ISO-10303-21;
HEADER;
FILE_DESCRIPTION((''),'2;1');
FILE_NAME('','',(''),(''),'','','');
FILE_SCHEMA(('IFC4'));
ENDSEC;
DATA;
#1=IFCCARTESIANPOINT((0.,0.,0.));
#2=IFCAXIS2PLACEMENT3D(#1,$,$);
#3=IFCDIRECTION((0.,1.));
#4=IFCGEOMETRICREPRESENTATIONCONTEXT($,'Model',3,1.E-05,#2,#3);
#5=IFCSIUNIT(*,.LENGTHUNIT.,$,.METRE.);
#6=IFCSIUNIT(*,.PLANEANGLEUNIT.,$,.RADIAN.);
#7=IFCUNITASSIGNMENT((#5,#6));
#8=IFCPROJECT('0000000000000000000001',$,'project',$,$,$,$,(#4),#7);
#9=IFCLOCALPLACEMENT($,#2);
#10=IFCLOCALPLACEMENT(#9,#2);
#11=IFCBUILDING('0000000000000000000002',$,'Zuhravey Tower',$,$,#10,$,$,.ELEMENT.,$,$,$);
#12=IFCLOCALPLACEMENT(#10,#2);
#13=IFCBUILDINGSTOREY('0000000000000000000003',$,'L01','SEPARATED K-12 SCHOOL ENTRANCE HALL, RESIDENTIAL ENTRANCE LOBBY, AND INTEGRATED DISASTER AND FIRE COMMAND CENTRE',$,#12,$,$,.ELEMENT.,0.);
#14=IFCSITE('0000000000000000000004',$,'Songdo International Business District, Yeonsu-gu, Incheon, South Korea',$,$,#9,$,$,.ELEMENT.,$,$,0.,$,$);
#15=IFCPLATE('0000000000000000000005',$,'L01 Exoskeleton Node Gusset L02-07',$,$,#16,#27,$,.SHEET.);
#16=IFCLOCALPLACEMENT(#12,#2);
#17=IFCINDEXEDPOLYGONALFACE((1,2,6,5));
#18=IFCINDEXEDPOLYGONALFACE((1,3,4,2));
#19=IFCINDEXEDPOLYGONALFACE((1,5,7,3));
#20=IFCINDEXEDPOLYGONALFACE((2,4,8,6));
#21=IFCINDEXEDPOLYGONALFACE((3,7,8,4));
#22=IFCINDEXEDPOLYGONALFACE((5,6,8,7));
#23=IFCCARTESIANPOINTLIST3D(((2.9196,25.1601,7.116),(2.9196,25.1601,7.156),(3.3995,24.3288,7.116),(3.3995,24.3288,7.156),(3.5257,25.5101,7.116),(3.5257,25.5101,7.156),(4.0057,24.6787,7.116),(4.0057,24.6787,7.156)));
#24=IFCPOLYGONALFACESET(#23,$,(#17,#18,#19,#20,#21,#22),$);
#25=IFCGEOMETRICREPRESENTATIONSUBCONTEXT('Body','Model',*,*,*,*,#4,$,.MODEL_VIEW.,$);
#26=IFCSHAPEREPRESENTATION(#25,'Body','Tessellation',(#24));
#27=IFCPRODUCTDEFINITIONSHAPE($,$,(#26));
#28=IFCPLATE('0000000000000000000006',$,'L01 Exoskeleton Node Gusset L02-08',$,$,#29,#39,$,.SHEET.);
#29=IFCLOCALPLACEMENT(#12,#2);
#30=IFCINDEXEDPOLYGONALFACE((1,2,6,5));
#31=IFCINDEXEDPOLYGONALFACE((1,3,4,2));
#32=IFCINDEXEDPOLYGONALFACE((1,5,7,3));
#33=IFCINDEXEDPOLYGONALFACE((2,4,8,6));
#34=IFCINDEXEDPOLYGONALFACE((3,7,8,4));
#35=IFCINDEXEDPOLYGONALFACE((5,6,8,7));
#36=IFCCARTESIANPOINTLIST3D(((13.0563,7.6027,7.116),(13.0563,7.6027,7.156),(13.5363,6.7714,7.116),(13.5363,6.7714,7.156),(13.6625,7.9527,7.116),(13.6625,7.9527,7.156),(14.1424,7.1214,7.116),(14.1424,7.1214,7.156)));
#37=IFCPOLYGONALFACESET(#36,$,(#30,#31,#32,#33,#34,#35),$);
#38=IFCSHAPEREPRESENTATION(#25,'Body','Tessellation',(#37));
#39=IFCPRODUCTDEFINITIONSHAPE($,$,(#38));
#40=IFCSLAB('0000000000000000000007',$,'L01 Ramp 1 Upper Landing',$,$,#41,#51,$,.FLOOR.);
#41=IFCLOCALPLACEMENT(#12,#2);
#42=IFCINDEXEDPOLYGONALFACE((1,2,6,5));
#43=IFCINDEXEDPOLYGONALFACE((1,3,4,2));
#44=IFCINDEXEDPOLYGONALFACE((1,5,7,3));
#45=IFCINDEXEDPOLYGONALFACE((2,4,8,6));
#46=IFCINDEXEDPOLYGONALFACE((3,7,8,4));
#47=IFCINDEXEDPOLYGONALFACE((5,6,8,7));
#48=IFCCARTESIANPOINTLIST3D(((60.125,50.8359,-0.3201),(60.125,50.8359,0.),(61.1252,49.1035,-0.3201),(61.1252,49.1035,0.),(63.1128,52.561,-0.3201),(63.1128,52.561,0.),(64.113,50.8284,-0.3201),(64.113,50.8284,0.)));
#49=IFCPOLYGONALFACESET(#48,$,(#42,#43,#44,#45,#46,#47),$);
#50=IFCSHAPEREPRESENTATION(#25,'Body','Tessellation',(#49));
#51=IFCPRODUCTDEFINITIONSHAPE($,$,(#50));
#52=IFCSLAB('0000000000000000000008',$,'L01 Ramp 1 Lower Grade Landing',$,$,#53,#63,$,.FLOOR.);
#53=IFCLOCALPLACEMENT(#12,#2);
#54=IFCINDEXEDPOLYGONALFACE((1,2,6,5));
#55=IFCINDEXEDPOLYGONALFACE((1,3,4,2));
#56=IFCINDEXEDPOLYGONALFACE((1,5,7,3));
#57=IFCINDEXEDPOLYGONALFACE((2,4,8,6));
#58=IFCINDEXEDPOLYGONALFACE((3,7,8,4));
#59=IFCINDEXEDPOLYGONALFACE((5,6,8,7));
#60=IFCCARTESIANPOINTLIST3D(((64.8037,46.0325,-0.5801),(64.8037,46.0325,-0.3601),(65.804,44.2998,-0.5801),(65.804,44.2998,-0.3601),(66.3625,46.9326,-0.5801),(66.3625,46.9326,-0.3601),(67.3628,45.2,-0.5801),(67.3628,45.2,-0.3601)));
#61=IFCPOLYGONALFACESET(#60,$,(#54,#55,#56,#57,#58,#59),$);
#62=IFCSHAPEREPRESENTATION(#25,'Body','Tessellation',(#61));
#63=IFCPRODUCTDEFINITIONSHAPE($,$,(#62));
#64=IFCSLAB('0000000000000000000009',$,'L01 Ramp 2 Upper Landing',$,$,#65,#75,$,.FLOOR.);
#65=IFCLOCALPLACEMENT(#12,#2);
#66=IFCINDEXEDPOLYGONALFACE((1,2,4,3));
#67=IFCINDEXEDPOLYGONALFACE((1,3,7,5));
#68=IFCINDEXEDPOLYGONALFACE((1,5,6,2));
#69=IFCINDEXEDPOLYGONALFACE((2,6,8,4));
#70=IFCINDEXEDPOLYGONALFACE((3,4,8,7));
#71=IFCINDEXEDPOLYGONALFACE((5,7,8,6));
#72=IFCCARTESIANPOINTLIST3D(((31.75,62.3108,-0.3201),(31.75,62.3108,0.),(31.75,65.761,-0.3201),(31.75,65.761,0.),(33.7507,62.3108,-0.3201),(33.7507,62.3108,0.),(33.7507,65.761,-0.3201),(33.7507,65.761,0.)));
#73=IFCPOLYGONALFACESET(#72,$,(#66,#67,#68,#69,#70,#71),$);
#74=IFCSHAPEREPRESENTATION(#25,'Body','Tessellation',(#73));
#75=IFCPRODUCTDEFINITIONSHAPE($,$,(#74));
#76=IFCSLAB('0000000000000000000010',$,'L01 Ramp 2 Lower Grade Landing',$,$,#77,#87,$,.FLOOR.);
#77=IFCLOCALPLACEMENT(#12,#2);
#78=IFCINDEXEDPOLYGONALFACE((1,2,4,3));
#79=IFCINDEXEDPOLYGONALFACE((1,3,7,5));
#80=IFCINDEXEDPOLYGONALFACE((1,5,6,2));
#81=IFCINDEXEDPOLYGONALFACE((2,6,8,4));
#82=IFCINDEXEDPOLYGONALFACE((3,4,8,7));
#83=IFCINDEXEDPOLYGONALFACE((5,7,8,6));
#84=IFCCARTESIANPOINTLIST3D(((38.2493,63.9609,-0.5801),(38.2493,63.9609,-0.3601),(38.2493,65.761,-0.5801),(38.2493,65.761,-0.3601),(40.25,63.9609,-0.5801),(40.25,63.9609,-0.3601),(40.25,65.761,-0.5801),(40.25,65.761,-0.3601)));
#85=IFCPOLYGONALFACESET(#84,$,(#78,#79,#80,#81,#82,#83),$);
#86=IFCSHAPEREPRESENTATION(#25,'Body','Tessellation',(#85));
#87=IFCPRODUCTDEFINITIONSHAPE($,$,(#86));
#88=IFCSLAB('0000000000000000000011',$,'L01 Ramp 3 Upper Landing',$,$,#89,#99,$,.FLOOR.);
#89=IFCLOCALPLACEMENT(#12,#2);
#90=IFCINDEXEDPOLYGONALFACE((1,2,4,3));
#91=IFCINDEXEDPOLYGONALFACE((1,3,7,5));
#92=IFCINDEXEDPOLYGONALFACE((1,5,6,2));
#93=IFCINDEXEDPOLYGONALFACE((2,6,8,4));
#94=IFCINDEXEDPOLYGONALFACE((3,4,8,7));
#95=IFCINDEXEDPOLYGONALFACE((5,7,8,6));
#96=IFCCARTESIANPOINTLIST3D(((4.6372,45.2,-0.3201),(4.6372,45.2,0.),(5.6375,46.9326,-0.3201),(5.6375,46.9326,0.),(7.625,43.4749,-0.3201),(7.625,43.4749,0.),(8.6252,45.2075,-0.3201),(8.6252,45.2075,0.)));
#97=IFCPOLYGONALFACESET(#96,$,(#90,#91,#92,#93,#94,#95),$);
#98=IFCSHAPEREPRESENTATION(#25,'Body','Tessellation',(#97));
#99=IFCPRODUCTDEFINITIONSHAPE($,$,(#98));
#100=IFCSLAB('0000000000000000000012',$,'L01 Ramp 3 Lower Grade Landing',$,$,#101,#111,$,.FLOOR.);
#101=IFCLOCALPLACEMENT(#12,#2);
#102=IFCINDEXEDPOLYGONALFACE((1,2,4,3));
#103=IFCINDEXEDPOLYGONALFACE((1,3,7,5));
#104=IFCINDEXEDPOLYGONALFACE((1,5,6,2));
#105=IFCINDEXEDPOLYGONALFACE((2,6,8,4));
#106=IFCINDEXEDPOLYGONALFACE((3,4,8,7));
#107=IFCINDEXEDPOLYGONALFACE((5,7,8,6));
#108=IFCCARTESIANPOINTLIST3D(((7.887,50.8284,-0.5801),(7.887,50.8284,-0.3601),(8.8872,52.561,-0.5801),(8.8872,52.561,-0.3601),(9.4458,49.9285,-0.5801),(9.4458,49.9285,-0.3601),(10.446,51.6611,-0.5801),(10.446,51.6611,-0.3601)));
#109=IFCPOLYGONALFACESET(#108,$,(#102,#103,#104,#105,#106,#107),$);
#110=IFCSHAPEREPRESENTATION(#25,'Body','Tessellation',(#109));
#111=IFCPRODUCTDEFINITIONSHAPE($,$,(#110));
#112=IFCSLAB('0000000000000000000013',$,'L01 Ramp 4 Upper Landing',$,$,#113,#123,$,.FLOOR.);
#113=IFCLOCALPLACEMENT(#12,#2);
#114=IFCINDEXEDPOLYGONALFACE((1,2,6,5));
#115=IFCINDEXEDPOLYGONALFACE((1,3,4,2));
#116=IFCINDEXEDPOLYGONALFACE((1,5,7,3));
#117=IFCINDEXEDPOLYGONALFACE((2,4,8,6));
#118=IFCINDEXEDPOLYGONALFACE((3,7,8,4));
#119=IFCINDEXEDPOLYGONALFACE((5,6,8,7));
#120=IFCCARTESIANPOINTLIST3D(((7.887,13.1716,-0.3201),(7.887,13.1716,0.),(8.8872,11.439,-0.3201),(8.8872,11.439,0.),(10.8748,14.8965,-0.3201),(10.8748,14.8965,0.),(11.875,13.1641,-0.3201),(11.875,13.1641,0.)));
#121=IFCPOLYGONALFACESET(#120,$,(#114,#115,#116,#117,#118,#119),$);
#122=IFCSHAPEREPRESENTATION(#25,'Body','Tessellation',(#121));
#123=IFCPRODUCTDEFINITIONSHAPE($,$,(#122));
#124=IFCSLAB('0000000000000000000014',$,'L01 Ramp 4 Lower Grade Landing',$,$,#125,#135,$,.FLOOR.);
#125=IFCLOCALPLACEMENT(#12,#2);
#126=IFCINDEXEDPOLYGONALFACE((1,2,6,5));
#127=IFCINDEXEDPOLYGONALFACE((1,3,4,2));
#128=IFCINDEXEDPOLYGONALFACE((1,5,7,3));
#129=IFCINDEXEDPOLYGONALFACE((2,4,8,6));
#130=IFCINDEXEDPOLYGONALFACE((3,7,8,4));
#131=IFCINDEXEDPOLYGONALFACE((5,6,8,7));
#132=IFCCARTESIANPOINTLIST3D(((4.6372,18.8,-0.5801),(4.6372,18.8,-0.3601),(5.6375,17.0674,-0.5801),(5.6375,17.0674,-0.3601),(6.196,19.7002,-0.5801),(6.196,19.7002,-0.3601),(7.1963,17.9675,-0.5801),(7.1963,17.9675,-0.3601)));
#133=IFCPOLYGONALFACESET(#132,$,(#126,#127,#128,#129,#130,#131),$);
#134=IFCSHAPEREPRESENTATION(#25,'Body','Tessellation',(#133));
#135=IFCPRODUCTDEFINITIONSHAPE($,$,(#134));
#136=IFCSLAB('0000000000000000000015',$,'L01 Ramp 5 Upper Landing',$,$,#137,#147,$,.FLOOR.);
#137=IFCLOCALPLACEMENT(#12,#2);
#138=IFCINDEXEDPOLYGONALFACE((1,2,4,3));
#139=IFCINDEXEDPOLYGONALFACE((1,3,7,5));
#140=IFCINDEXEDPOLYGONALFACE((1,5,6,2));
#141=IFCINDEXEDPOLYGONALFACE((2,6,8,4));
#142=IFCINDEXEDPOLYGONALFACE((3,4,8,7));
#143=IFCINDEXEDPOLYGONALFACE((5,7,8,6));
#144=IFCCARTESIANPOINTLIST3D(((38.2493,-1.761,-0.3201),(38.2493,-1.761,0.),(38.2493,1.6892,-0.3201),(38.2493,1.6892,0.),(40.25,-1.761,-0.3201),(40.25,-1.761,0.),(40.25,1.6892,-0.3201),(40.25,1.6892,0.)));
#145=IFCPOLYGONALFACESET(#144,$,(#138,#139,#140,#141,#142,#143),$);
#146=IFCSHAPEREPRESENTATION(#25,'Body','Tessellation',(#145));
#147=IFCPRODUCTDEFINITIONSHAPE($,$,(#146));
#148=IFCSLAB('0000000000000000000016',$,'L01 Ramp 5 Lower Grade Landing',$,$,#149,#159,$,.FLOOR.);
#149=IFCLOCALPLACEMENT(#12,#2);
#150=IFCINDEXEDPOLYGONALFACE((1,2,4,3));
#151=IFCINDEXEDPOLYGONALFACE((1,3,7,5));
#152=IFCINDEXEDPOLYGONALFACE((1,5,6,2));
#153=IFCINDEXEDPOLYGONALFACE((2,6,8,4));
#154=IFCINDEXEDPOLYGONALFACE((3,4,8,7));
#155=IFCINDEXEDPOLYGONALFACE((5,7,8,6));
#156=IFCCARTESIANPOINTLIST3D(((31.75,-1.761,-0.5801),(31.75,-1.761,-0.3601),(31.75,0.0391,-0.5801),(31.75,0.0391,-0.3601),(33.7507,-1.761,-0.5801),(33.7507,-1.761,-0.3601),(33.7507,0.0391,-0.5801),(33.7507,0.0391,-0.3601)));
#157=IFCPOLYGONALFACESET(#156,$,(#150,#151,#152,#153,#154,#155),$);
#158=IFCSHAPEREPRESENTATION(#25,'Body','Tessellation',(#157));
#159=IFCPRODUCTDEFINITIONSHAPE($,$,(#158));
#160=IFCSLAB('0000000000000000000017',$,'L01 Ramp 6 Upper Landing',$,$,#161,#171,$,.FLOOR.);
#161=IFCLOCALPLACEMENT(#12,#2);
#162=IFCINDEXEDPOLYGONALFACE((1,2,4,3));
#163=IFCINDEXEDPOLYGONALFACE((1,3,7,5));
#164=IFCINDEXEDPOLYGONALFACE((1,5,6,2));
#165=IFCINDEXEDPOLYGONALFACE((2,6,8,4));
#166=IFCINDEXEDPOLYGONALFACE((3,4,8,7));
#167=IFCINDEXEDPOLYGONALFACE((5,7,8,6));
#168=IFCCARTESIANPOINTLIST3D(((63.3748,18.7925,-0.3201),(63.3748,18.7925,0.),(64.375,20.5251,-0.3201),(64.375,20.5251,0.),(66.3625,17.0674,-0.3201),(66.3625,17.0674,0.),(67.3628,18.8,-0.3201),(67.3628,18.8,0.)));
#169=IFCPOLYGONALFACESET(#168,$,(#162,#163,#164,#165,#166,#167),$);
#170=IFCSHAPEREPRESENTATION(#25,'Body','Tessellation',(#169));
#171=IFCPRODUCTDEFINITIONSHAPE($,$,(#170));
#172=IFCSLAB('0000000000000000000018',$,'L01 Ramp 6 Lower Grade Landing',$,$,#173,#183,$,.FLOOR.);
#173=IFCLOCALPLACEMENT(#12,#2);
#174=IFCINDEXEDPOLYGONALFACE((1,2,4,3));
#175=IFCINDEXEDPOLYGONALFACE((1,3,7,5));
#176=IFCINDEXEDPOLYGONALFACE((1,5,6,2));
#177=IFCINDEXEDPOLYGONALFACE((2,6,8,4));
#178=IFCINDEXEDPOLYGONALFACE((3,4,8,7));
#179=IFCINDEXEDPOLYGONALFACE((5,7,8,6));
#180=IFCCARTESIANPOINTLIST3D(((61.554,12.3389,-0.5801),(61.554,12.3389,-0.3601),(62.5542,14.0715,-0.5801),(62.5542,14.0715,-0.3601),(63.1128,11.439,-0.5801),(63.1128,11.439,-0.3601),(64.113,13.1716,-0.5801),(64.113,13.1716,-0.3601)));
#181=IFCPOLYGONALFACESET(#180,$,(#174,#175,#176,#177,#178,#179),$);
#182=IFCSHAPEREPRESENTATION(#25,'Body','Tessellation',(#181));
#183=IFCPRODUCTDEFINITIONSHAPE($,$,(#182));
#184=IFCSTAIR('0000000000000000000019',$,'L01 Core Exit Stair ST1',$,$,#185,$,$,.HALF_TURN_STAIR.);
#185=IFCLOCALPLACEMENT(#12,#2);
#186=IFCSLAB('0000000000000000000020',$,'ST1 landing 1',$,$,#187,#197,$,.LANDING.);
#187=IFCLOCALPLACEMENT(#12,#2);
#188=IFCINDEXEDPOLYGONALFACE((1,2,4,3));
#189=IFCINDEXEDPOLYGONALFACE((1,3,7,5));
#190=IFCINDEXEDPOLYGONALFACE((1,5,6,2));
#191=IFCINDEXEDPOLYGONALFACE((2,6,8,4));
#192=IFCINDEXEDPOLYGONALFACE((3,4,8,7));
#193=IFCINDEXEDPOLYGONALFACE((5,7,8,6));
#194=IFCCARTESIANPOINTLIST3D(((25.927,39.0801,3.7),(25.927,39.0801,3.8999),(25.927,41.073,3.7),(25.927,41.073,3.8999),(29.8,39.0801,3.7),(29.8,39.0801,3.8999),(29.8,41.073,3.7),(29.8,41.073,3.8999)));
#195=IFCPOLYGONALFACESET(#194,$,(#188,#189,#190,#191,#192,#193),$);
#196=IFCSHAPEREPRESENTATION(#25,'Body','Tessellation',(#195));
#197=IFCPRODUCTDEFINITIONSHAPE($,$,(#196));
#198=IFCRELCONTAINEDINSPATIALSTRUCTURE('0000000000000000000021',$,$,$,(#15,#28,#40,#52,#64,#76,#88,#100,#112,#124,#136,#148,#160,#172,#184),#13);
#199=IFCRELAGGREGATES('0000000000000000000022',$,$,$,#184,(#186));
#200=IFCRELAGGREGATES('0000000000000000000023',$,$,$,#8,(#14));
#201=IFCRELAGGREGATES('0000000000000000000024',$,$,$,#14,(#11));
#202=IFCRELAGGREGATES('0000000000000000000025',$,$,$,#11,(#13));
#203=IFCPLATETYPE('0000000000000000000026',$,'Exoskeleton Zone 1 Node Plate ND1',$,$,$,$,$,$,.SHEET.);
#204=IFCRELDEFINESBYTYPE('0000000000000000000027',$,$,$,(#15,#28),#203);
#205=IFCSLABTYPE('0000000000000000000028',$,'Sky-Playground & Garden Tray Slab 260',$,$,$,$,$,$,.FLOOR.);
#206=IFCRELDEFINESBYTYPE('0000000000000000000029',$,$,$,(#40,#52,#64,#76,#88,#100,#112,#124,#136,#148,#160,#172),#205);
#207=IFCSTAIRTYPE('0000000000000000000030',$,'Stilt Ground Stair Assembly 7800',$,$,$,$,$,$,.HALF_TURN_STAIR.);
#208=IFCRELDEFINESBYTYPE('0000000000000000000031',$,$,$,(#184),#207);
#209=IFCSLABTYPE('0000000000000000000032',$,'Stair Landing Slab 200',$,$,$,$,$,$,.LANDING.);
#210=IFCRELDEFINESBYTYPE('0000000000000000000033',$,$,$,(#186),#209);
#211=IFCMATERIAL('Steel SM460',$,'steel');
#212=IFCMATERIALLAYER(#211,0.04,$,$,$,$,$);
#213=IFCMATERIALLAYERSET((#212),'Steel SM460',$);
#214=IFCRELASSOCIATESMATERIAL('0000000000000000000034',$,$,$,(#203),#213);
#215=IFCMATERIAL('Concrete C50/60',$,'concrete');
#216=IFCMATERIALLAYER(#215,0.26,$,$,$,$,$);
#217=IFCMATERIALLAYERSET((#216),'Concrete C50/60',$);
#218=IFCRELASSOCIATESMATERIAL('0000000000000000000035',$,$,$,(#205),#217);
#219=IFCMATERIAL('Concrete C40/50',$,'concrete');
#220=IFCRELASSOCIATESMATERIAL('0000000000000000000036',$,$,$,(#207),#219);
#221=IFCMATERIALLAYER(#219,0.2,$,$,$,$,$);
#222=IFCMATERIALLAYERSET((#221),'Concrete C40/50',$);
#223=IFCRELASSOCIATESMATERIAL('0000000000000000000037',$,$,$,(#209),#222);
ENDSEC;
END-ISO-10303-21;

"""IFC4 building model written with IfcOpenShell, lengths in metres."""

from ifc_helpers import new_model, si_unit, direction, frame, origin, origin_2d, place, context, subcontext, project, spatial, polyline, rectangle, outline, extrude, material, layer, layer_set, type_object, element, aggregate, save


model = new_model("IFC4")

# Units and contexts
model_context = context("Model", 3, precision=1e-05, world=origin(), true_north=direction((0.0, 1.0)))
body_context = subcontext(model_context, "Body", "Model", "MODEL_VIEW")
ifc_project = project(units=[si_unit("LENGTHUNIT", "METRE"), si_unit("PLANEANGLEUNIT", "RADIAN")], contexts=[model_context])

# Site, building, storey
site_placement = place(None, origin())
site = spatial("IfcSite", under=ifc_project, at=site_placement, Name="Songdo International Business District, Yeonsu-gu, Incheon, South Korea", CompositionType="ELEMENT", RefElevation=0.0)
building_placement = place(site_placement, origin())
building = spatial("IfcBuilding", under=site, at=building_placement, Name="Zuhravey Tower", CompositionType="ELEMENT")
storey_placement = place(building_placement, origin())
storey = spatial("IfcBuildingStorey", under=building, at=storey_placement, Name="L01", Description="SEPARATED K-12 SCHOOL ENTRANCE HALL, RESIDENTIAL ENTRANCE LOBBY, AND INTEGRATED DISASTER AND FIRE COMMAND CENTRE", CompositionType="ELEMENT", Elevation=0.0)

# Shared definitions
ifc_material_1 = material(Name="Steel SM460", Category="steel")

# Shared definitions
ifc_material_2 = material(Name="Concrete C50/60", Category="concrete")

# Plates
ifc_layer_1 = layer(ifc_material_1, 0.04)
ifc_layer_set_1 = layer_set([ifc_layer_1], Name="Steel SM460")
plate_type_1 = type_object("IfcPlateType", Name="Exoskeleton Zone 1 Node Plate ND1", PredefinedType="SHEET", material=ifc_layer_set_1)
for number, where, z_axis, x_axis, name in (
    (1, (3.4626, 24.9194, 7.116), (0.0, 0.0, 1.0), (0.5, -0.866025, 0.0), "L01 Exoskeleton Node Gusset L02-07"),
    (2, (13.5994, 7.3621, 7.116), (0.0, 0.0, 1.0), (0.5, -0.866025, 0.0), "L01 Exoskeleton Node Gusset L02-08"),
):
    element("IfcPlate", number, at=place(storey_placement, frame(where, z_axis=z_axis, x_axis=x_axis)), inside=storey, type_object=plate_type_1, Name=name, PredefinedType="SHEET", context=body_context, shape_type="SweptSolid", body=[
        extrude(rectangle(XDim=0.96, YDim=0.7, at=origin_2d()), origin(), (0.0, 0.0, 1.0), 0.04),
    ])

# Slabs
ifc_layer_2 = layer(ifc_material_2, 0.26)
ifc_layer_set_2 = layer_set([ifc_layer_2], Name="Concrete C50/60")
slab_type_1 = type_object("IfcSlabType", Name="Sky-Playground & Garden Tray Slab 260", PredefinedType="FLOOR", material=ifc_layer_set_2)
slab_1_placement = place(storey_placement, frame((0.0, 0.0, -0.3201)))
element("IfcSlab", 3, at=slab_1_placement, inside=storey, type_object=slab_type_1, Name="L01 Ramp 1 Upper Landing", PredefinedType="FLOOR", context=body_context, shape_type="SweptSolid", body=[
    extrude(outline(polyline([(61.1252, 49.1035), (60.125, 50.8359), (63.1128, 52.561), (64.113, 50.8284), (61.1252, 49.1035)])), origin(), (0.0, 0.0, 1.0), 0.3201),
])
slab_2_placement = place(storey_placement, frame((0.0, 0.0, -0.5801)))
element("IfcSlab", 4, at=slab_2_placement, inside=storey, type_object=slab_type_1, Name="L01 Ramp 1 Lower Grade Landing", PredefinedType="FLOOR", context=body_context, shape_type="SweptSolid", body=[
    extrude(outline(polyline([(65.804, 44.2998), (64.8037, 46.0325), (66.3625, 46.9326), (67.3628, 45.2), (65.804, 44.2998)])), origin(), (0.0, 0.0, 1.0), 0.22),
])
slab_3_placement = place(storey_placement, frame((0.0, 0.0, -0.3201)))
element("IfcSlab", 5, at=slab_3_placement, inside=storey, type_object=slab_type_1, Name="L01 Ramp 2 Upper Landing", PredefinedType="FLOOR", context=body_context, shape_type="SweptSolid", body=[
    extrude(outline(polyline([(33.7507, 62.3108), (31.75, 62.3108), (31.75, 65.761), (33.7507, 65.761), (33.7507, 62.3108)])), origin(), (0.0, 0.0, 1.0), 0.3201),
])
slab_4_placement = place(storey_placement, frame((0.0, 0.0, -0.5801)))
element("IfcSlab", 6, at=slab_4_placement, inside=storey, type_object=slab_type_1, Name="L01 Ramp 2 Lower Grade Landing", PredefinedType="FLOOR", context=body_context, shape_type="SweptSolid", body=[
    extrude(outline(polyline([(40.25, 63.9609), (38.2493, 63.9609), (38.2493, 65.761), (40.25, 65.761), (40.25, 63.9609)])), origin(), (0.0, 0.0, 1.0), 0.22),
])
slab_5_placement = place(storey_placement, frame((0.0, 0.0, -0.3201)))
element("IfcSlab", 7, at=slab_5_placement, inside=storey, type_object=slab_type_1, Name="L01 Ramp 3 Upper Landing", PredefinedType="FLOOR", context=body_context, shape_type="SweptSolid", body=[
    extrude(outline(polyline([(8.6252, 45.2075), (7.625, 43.4749), (4.6372, 45.2), (5.6375, 46.9326), (8.6252, 45.2075)])), origin(), (0.0, 0.0, 1.0), 0.3201),
])
slab_6_placement = place(storey_placement, frame((0.0, 0.0, -0.5801)))
element("IfcSlab", 8, at=slab_6_placement, inside=storey, type_object=slab_type_1, Name="L01 Ramp 3 Lower Grade Landing", PredefinedType="FLOOR", context=body_context, shape_type="SweptSolid", body=[
    extrude(outline(polyline([(10.446, 51.6611), (9.4458, 49.9285), (7.887, 50.8284), (8.8872, 52.561), (10.446, 51.6611)])), origin(), (0.0, 0.0, 1.0), 0.22),
])
slab_7_placement = place(storey_placement, frame((0.0, 0.0, -0.3201)))
element("IfcSlab", 9, at=slab_7_placement, inside=storey, type_object=slab_type_1, Name="L01 Ramp 4 Upper Landing", PredefinedType="FLOOR", context=body_context, shape_type="SweptSolid", body=[
    extrude(outline(polyline([(10.8748, 14.8965), (11.875, 13.1641), (8.8872, 11.439), (7.887, 13.1716), (10.8748, 14.8965)])), origin(), (0.0, 0.0, 1.0), 0.3201),
])
slab_8_placement = place(storey_placement, frame((0.0, 0.0, -0.5801)))
element("IfcSlab", 10, at=slab_8_placement, inside=storey, type_object=slab_type_1, Name="L01 Ramp 4 Lower Grade Landing", PredefinedType="FLOOR", context=body_context, shape_type="SweptSolid", body=[
    extrude(outline(polyline([(6.196, 19.7002), (7.1963, 17.9675), (5.6375, 17.0674), (4.6372, 18.8), (6.196, 19.7002)])), origin(), (0.0, 0.0, 1.0), 0.22),
])
slab_9_placement = place(storey_placement, frame((0.0, 0.0, -0.3201)))
element("IfcSlab", 11, at=slab_9_placement, inside=storey, type_object=slab_type_1, Name="L01 Ramp 5 Upper Landing", PredefinedType="FLOOR", context=body_context, shape_type="SweptSolid", body=[
    extrude(outline(polyline([(38.2493, 1.6892), (40.25, 1.6892), (40.25, -1.761), (38.2493, -1.761), (38.2493, 1.6892)])), origin(), (0.0, 0.0, 1.0), 0.3201),
])
slab_10_placement = place(storey_placement, frame((0.0, 0.0, -0.5801)))
element("IfcSlab", 12, at=slab_10_placement, inside=storey, type_object=slab_type_1, Name="L01 Ramp 5 Lower Grade Landing", PredefinedType="FLOOR", context=body_context, shape_type="SweptSolid", body=[
    extrude(outline(polyline([(31.75, 0.0391), (33.7507, 0.0391), (33.7507, -1.761), (31.75, -1.761), (31.75, 0.0391)])), origin(), (0.0, 0.0, 1.0), 0.22),
])
slab_11_placement = place(storey_placement, frame((0.0, 0.0, -0.3201)))
element("IfcSlab", 13, at=slab_11_placement, inside=storey, type_object=slab_type_1, Name="L01 Ramp 6 Upper Landing", PredefinedType="FLOOR", context=body_context, shape_type="SweptSolid", body=[
    extrude(outline(polyline([(63.3748, 18.7925), (64.375, 20.5251), (67.3628, 18.8), (66.3625, 17.0674), (63.3748, 18.7925)])), origin(), (0.0, 0.0, 1.0), 0.3201),
])
slab_12_placement = place(storey_placement, frame((0.0, 0.0, -0.5801)))
element("IfcSlab", 14, at=slab_12_placement, inside=storey, type_object=slab_type_1, Name="L01 Ramp 6 Lower Grade Landing", PredefinedType="FLOOR", context=body_context, shape_type="SweptSolid", body=[
    extrude(outline(polyline([(61.554, 12.3389), (62.5542, 14.0715), (64.113, 13.1716), (63.1128, 11.439), (61.554, 12.3389)])), origin(), (0.0, 0.0, 1.0), 0.22),
])

# Stair, slab
ifc_material_3 = material(Name="Concrete C40/50", Category="concrete")
stair_type = type_object("IfcStairType", Name="Stilt Ground Stair Assembly 7800", PredefinedType="HALF_TURN_STAIR", material=ifc_material_3)
stair_1_placement = place(storey_placement, origin())
stair_1 = element("IfcStair", 15, at=stair_1_placement, inside=storey, type_object=stair_type, Name="L01 Core Exit Stair ST1", PredefinedType="HALF_TURN_STAIR")
ifc_layer_3 = layer(ifc_material_3, 0.2)
ifc_layer_set_3 = layer_set([ifc_layer_3], Name="Concrete C40/50")
slab_type_2 = type_object("IfcSlabType", Name="Stair Landing Slab 200", PredefinedType="LANDING", material=ifc_layer_set_3)
slab_13_placement = place(storey_placement, frame((0.0, 0.0, 3.7)))
slab_13 = element("IfcSlab", 16, at=slab_13_placement, type_object=slab_type_2, Name="ST1 landing 1", PredefinedType="LANDING", context=body_context, shape_type="SweptSolid", body=[
    extrude(outline(polyline([(29.8, 39.0801), (29.8, 41.073), (25.927, 41.073), (25.927, 39.0801), (29.8, 39.0801)])), origin(), (0.0, 0.0, 1.0), 0.2),
])
aggregate(stair_1, [slab_13])

save(model, "model.ifc")
